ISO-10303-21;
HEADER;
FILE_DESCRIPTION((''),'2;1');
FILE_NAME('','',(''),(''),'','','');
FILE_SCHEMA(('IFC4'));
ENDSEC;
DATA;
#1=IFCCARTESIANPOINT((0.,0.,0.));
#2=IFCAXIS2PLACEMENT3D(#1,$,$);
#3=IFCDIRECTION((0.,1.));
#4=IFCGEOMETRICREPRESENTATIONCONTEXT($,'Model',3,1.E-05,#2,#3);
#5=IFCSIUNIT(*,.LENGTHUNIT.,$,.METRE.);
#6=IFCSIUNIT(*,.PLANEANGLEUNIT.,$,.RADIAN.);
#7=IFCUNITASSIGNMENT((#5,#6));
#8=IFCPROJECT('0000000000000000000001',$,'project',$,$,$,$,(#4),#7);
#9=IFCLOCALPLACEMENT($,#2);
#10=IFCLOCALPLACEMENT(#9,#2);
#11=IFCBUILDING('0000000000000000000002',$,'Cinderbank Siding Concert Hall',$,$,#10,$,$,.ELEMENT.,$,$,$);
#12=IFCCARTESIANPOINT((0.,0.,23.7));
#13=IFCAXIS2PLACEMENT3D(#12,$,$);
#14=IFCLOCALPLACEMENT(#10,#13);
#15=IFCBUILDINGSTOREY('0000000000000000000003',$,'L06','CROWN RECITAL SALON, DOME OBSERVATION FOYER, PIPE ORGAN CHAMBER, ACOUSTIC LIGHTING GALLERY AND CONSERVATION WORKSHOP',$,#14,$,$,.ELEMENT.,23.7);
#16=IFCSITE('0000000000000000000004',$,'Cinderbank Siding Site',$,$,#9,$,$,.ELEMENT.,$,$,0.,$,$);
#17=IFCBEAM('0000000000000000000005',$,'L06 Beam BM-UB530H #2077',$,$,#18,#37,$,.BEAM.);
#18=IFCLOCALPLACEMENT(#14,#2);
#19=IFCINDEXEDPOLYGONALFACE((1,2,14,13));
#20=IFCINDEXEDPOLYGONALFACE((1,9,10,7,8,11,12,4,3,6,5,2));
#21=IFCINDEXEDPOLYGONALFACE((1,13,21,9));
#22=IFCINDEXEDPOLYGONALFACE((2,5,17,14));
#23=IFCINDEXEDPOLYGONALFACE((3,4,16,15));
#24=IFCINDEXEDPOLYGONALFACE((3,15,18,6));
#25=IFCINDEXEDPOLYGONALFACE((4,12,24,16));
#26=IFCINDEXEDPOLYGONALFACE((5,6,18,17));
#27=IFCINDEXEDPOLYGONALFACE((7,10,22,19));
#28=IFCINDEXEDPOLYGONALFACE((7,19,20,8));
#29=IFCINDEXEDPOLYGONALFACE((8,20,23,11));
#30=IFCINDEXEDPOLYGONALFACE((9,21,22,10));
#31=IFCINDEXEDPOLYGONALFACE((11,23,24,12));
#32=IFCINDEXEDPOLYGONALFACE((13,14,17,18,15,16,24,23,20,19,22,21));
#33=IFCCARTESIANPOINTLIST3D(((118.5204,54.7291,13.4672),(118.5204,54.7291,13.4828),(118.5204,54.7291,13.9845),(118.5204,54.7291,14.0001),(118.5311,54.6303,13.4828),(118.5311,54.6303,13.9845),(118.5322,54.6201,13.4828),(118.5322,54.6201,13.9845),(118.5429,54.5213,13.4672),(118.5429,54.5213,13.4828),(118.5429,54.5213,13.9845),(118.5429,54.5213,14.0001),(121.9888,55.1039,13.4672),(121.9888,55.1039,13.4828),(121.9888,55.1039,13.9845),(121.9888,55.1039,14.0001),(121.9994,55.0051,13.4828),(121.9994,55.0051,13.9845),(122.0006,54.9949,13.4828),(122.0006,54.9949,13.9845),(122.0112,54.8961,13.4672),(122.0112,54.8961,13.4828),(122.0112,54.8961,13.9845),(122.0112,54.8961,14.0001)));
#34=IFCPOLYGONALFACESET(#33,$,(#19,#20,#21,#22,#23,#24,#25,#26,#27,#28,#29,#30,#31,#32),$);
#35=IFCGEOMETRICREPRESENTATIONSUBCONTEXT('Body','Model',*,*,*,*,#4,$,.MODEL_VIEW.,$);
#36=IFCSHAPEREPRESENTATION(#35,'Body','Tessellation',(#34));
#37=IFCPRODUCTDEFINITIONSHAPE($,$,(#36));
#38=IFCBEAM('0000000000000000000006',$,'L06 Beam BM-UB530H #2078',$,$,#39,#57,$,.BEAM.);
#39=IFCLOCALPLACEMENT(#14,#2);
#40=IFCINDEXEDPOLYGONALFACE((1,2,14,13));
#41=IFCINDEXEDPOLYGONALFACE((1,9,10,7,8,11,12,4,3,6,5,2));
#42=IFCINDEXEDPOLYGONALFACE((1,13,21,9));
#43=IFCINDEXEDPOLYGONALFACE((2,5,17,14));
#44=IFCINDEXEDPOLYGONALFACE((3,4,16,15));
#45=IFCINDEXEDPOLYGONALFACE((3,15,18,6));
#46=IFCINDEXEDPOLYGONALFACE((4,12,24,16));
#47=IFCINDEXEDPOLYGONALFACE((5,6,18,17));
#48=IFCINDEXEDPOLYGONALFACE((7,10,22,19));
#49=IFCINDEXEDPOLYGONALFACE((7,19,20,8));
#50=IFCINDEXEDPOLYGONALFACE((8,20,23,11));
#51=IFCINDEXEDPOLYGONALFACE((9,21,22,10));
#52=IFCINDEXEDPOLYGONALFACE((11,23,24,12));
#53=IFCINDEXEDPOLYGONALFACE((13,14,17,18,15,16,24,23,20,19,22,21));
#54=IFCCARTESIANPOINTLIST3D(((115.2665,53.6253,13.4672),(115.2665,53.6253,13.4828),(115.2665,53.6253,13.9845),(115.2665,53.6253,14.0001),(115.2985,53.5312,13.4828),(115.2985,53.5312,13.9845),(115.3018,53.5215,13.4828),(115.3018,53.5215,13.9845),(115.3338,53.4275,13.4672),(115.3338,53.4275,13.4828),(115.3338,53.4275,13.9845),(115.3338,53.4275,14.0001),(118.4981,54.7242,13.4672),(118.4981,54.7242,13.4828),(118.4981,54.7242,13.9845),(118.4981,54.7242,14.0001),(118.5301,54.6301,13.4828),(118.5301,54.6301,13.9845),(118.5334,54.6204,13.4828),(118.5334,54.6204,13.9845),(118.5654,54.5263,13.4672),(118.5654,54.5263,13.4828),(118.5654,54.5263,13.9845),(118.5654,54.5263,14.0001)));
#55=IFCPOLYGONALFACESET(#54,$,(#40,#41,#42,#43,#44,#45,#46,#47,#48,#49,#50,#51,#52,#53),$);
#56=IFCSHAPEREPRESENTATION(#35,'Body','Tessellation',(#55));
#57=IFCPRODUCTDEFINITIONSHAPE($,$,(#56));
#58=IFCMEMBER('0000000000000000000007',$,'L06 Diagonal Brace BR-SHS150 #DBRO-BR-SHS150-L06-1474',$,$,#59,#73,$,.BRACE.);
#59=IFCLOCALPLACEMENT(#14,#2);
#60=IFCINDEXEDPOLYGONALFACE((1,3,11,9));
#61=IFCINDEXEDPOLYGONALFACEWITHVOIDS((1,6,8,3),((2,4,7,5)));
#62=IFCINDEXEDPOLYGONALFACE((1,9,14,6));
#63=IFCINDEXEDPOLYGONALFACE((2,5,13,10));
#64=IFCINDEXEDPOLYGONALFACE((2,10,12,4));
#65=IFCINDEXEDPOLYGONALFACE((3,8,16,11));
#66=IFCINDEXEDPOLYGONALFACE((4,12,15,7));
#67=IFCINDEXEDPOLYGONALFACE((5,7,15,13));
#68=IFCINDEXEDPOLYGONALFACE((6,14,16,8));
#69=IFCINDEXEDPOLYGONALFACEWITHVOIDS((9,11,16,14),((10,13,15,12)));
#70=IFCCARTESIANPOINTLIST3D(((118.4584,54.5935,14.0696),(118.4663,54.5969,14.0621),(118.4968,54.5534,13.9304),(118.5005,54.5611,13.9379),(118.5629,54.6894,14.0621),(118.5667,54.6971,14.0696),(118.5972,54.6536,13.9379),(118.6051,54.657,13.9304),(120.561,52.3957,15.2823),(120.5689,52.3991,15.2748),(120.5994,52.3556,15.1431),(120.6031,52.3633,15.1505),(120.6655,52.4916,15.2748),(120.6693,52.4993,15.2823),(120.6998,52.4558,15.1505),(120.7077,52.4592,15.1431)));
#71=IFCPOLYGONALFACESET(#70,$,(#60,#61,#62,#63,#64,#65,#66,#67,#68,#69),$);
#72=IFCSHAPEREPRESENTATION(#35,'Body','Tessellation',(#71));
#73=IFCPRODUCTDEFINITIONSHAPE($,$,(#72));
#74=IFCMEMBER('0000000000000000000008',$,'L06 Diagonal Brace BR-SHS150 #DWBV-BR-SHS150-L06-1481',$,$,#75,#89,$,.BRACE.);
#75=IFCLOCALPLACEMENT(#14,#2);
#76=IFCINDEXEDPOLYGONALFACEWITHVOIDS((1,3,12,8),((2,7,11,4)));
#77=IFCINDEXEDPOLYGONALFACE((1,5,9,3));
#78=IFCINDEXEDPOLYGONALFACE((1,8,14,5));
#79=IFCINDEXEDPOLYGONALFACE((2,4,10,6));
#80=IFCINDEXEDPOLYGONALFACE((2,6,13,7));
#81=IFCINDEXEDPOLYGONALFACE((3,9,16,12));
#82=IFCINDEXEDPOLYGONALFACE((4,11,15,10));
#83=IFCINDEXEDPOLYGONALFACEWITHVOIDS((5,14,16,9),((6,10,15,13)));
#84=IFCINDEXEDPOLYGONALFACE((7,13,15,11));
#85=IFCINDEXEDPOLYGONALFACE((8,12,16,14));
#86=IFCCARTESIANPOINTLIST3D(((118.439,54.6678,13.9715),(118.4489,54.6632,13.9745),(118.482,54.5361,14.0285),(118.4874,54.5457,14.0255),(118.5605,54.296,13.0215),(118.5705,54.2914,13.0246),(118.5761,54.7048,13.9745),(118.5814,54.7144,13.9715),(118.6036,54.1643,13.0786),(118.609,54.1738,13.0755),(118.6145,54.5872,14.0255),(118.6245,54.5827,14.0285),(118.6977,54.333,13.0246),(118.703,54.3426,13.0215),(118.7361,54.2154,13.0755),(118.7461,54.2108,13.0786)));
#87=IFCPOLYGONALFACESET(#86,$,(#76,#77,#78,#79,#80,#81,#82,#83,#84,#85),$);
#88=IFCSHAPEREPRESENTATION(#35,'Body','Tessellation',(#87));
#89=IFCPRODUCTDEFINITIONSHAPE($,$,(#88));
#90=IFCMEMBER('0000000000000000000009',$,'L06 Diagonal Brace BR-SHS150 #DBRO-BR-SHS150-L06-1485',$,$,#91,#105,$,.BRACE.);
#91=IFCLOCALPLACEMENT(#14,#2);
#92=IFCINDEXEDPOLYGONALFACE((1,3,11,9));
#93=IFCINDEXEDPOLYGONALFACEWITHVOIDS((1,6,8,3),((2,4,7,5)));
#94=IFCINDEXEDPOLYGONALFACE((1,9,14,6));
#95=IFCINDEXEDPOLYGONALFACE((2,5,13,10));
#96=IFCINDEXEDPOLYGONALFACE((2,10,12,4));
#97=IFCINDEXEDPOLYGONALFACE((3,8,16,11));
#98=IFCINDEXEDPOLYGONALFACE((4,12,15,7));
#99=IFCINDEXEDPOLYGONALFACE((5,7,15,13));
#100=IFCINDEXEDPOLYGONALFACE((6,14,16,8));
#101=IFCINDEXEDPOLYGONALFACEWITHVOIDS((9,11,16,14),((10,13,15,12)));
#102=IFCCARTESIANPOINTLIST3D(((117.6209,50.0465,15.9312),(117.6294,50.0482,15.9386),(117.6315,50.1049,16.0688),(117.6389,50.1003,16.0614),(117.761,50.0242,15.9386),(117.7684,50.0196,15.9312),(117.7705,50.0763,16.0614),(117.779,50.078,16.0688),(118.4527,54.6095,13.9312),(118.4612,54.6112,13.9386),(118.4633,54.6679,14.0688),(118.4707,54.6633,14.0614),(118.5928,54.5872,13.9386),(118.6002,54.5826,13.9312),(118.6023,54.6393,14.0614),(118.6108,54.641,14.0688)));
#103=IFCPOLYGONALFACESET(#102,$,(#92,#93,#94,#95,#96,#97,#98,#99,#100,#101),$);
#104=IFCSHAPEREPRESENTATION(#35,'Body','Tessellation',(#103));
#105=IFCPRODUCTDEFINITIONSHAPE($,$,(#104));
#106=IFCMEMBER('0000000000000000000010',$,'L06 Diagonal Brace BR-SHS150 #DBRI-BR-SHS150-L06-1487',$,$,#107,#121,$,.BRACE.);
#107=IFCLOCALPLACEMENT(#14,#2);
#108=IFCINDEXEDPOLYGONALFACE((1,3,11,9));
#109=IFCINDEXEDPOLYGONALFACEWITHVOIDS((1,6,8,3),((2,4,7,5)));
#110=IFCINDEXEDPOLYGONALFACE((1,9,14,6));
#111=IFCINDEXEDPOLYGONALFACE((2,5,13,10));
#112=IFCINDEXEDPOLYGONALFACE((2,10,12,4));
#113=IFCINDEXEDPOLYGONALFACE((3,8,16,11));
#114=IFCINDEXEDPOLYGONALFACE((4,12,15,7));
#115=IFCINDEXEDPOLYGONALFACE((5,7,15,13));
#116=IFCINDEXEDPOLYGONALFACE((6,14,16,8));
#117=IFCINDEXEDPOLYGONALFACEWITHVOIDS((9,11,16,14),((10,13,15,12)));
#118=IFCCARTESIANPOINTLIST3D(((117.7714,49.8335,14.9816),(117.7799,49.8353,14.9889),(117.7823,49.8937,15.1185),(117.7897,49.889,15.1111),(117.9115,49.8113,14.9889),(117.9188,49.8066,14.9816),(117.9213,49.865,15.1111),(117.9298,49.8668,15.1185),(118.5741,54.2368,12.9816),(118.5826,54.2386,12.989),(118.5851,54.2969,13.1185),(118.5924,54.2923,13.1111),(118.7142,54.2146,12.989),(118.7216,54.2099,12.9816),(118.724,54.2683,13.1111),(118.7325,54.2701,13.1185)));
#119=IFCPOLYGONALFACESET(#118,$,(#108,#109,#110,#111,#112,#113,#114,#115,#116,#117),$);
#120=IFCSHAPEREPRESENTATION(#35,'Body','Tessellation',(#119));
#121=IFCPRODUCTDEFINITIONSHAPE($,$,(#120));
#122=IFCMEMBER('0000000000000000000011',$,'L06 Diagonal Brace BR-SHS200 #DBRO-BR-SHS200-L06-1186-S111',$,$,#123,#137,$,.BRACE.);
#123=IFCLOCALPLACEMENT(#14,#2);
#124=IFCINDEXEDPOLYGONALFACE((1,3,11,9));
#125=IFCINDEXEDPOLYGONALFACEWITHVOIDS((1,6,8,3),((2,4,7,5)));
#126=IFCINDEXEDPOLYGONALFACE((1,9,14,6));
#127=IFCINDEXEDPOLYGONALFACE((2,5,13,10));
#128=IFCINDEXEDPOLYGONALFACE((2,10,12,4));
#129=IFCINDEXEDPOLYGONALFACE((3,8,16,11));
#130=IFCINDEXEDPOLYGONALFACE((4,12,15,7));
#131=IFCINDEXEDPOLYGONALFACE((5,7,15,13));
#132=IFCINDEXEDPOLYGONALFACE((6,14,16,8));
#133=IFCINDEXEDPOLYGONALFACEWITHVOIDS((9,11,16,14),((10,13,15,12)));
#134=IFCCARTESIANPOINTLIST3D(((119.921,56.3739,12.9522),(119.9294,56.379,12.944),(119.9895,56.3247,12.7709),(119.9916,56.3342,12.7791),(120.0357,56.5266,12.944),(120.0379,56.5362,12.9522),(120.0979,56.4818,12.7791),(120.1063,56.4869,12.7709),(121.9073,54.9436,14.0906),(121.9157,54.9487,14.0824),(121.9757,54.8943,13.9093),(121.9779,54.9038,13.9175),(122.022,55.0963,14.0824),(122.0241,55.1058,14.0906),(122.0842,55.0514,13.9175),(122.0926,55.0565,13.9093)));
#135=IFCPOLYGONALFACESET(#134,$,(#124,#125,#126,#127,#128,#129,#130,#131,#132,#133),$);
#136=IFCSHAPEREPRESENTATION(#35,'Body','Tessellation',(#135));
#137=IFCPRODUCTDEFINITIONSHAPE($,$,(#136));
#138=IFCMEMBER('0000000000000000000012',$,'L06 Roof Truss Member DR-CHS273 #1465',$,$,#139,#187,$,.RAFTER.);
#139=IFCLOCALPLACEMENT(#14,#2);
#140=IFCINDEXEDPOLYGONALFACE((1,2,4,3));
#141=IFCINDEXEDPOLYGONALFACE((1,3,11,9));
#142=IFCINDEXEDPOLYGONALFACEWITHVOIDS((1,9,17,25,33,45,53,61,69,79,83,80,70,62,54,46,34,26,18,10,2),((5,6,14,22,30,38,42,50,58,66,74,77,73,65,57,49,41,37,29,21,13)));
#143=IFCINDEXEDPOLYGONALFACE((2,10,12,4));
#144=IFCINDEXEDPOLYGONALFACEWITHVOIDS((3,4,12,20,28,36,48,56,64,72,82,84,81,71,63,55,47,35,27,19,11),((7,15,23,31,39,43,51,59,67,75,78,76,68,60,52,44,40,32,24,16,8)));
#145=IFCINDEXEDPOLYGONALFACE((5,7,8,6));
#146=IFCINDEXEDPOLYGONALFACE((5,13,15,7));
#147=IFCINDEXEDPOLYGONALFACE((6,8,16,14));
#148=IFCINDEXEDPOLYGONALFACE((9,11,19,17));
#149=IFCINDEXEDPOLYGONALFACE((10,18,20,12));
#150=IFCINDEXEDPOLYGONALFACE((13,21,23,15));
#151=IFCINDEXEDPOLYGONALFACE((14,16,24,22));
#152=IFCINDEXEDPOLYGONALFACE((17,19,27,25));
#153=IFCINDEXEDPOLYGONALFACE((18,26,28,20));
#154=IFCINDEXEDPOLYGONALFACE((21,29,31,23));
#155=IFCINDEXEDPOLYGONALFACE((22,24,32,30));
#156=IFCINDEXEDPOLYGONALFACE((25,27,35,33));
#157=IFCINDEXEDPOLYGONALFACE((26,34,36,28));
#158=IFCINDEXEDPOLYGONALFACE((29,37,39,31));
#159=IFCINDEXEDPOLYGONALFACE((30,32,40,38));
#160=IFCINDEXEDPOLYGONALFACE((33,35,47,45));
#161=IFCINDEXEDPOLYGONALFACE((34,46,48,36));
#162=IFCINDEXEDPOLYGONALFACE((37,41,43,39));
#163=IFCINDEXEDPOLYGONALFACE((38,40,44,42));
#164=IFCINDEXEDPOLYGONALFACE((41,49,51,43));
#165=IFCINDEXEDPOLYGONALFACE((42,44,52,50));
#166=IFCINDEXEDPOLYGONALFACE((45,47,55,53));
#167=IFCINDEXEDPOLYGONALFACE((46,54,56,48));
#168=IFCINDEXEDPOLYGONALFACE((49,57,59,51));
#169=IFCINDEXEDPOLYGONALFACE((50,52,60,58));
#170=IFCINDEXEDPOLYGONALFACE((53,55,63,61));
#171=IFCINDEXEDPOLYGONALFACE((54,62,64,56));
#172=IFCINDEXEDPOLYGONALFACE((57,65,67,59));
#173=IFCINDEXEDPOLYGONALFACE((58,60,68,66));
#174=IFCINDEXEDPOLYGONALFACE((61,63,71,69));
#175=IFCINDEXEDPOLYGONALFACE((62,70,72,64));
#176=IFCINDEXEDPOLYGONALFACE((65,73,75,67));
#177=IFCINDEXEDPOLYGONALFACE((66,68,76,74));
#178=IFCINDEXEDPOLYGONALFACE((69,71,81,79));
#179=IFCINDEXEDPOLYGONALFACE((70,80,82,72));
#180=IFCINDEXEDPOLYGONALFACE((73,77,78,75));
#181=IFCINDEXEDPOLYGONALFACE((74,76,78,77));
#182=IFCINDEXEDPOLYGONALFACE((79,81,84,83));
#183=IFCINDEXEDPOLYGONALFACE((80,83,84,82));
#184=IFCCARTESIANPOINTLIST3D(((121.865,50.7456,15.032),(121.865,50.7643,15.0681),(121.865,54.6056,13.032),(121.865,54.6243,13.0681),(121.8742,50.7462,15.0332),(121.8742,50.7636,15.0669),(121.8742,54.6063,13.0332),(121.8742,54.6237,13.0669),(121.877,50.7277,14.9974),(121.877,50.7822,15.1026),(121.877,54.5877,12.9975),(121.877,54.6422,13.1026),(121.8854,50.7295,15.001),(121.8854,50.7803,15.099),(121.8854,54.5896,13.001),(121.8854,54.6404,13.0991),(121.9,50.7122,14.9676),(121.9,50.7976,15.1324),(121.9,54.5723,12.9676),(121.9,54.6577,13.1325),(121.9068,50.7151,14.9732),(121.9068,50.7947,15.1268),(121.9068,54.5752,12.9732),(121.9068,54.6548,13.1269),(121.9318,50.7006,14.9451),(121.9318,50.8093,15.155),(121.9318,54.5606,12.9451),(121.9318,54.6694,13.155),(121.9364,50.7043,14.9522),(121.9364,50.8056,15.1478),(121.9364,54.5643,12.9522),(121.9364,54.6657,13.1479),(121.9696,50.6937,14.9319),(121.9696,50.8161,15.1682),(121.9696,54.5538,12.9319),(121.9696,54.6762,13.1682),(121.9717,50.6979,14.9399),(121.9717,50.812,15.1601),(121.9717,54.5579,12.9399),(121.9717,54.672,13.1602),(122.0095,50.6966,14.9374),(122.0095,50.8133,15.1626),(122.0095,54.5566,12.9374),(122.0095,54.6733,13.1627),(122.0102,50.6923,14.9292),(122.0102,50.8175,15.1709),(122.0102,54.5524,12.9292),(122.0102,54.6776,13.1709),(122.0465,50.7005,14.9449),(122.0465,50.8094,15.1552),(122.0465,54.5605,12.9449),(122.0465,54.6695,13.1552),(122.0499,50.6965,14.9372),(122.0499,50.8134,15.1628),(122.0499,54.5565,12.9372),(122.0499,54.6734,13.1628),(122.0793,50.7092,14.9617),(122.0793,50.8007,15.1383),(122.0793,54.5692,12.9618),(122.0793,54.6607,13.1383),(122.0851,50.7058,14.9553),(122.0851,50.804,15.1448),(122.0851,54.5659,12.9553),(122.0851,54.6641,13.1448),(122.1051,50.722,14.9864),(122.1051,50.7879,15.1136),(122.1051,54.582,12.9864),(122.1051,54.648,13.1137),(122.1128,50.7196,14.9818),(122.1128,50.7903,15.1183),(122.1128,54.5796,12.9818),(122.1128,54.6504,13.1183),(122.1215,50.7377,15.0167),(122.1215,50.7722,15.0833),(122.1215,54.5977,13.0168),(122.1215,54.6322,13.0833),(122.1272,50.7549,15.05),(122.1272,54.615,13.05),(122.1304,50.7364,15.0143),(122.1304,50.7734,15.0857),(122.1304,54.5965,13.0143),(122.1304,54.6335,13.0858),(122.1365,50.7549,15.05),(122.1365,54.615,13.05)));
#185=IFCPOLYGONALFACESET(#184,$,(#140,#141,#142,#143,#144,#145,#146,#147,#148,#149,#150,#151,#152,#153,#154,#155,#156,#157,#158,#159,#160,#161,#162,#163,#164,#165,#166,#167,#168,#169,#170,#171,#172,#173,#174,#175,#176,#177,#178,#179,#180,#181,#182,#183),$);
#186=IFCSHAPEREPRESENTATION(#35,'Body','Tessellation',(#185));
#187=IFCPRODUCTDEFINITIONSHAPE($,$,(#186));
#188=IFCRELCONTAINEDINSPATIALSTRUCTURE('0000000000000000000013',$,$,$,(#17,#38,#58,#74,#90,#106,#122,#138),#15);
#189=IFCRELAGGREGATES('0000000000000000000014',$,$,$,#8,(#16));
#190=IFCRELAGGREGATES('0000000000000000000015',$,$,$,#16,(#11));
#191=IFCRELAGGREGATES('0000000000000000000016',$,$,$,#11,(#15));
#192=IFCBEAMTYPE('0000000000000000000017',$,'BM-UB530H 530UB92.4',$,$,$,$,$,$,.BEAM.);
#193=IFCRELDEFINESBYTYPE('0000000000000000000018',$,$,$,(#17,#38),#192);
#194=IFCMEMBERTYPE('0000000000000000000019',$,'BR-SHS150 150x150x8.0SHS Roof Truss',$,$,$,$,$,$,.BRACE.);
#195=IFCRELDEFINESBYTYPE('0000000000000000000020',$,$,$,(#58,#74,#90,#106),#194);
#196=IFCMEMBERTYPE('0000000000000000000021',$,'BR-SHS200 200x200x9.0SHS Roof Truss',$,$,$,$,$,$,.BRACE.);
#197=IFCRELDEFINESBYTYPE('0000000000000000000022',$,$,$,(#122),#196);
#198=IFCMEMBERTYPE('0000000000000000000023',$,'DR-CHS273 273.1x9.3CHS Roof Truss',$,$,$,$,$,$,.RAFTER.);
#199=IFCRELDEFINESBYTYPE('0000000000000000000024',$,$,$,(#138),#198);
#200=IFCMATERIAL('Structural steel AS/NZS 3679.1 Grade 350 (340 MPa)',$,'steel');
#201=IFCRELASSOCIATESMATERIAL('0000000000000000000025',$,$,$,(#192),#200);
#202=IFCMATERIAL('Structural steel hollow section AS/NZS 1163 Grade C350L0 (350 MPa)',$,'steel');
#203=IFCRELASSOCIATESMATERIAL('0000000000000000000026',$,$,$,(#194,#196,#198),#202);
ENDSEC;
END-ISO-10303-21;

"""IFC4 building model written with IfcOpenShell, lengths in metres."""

from ifc_helpers import new_model, si_unit, direction, frame, origin, origin_2d, place, context, subcontext, project, spatial, hollow_rectangle, hollow_circle, i_section, extrude, material, material_profile, profile_set, type_object, element, save


model = new_model("IFC4")

# Units and contexts
model_context = context("Model", 3, precision=1e-05, world=origin(), true_north=direction((0.0, 1.0)))
body_context = subcontext(model_context, "Body", "Model", "MODEL_VIEW")
ifc_project = project(units=[si_unit("LENGTHUNIT", "METRE"), si_unit("PLANEANGLEUNIT", "RADIAN")], contexts=[model_context])

# Site, building, storey
site_placement = place(None, origin())
site = spatial("IfcSite", under=ifc_project, at=site_placement, Name="Cinderbank Siding Site", CompositionType="ELEMENT", RefElevation=0.0)
building_placement = place(site_placement, origin())
building = spatial("IfcBuilding", under=site, at=building_placement, Name="Cinderbank Siding Concert Hall", CompositionType="ELEMENT")
storey_placement = place(building_placement, frame((0.0, 0.0, 23.7)))
storey = spatial("IfcBuildingStorey", under=building, at=storey_placement, Name="L06", Description="CROWN RECITAL SALON, DOME OBSERVATION FOYER, PIPE ORGAN CHAMBER, ACOUSTIC LIGHTING GALLERY AND CONSERVATION WORKSHOP", CompositionType="ELEMENT", Elevation=23.7)

# Beams
ifc_material_1 = material(Name="Structural steel AS/NZS 3679.1 Grade 350 (340 MPa)", Category="steel")
ifc_material_profile_1 = material_profile(ifc_material_1, i_section(OverallWidth=0.209, OverallDepth=0.533, WebThickness=0.0103, FlangeThickness=0.0156, at=origin_2d()), Name="530UB92.4", Category="LoadBearing")
ifc_profile_set_1 = profile_set([ifc_material_profile_1], Name="Structural steel AS/NZS 3679.1 Grade 350 (340 MPa)")
beam_type = type_object("IfcBeamType", Name="BM-UB530H 530UB92.4", PredefinedType="BEAM", material=ifc_profile_set_1)
beam_1_placement = place(storey_placement, frame((122.0, 55.0, 13.7336), z_axis=(-0.994213, -0.107428, 0.0), x_axis=(0.107428, -0.994213, 0.0)))
element("IfcBeam", 1, at=beam_1_placement, inside=storey, type_object=beam_type, Name="L06 Beam BM-UB530H #2077", PredefinedType="BEAM", context=body_context, shape_type="SweptSolid", body=[
    extrude(i_section(OverallWidth=0.209, OverallDepth=0.533, WebThickness=0.0103, FlangeThickness=0.0156, at=origin_2d()), origin(), (0.0, 0.0, 1.0), 3.4885),
])
beam_2_placement = place(storey_placement, frame((118.5317, 54.6252, 13.7336), z_axis=(-0.946764, -0.32193, 0.0), x_axis=(0.32193, -0.946764, 0.0)))
element("IfcBeam", 2, at=beam_2_placement, inside=storey, type_object=beam_type, Name="L06 Beam BM-UB530H #2078", PredefinedType="BEAM", context=body_context, shape_type="SweptSolid", body=[
    extrude(i_section(OverallWidth=0.209, OverallDepth=0.533, WebThickness=0.0103, FlangeThickness=0.0156, at=origin_2d()), origin(), (0.0, 0.0, 1.0), 3.4133),
])

# Members
ifc_material_2 = material(Name="Structural steel hollow section AS/NZS 1163 Grade C350L0 (350 MPa)", Category="steel")
ifc_material_profile_2 = material_profile(ifc_material_2, hollow_rectangle(XDim=0.1499, YDim=0.1499, WallThickness=0.0081, at=origin_2d()), Name="150x150x8.0SHS", Category="LoadBearing")
ifc_profile_set_2 = profile_set([ifc_material_profile_2], Name="Structural steel hollow section AS/NZS 1163 Grade C350L0 (350 MPa)")
member_type_1 = type_object("IfcMemberType", Name="BR-SHS150 150x150x8.0SHS Roof Truss", PredefinedType="BRACE", material=ifc_profile_set_2)
member_1_placement = place(storey_placement, frame((118.5317, 54.6252, 14.0), z_axis=(0.642126, -0.671205, 0.370348), x_axis=(0.722586, 0.691281, 0.0)))
element("IfcMember", 3, at=member_1_placement, inside=storey, type_object=member_type_1, Name="L06 Diagonal Brace BR-SHS150 #DBRO-BR-SHS150-L06-1474", PredefinedType="BRACE", context=body_context, shape_type="SweptSolid", body=[
    extrude(hollow_rectangle(XDim=0.1499, YDim=0.1499, WallThickness=0.0081, at=origin_2d()), origin(), (0.0, 0.0, 1.0), 3.2744),
])
member_2_placement = place(storey_placement, frame((118.6533, 54.2534, 13.05), z_axis=(-0.118346, 0.361928, 0.924663), x_axis=(-0.950478, -0.310793, 0.0)))
element("IfcMember", 4, at=member_2_placement, inside=storey, type_object=member_type_1, Name="L06 Diagonal Brace BR-SHS150 #DWBV-BR-SHS150-L06-1481", PredefinedType="BRACE", context=body_context, shape_type="SweptSolid", body=[
    extrude(hollow_rectangle(XDim=0.1499, YDim=0.1499, WallThickness=0.0081, at=origin_2d()), origin(), (0.0, 0.0, 1.0), 1.0273),
])
member_3_placement = place(storey_placement, frame((118.5317, 54.6252, 14.0), z_axis=(-0.164677, -0.903381, 0.39596), x_axis=(0.983788, -0.179335, 0.0)))
element("IfcMember", 5, at=member_3_placement, inside=storey, type_object=member_type_1, Name="L06 Diagonal Brace BR-SHS150 #DBRO-BR-SHS150-L06-1485", PredefinedType="BRACE", context=body_context, shape_type="SweptSolid", body=[
    extrude(hollow_rectangle(XDim=0.1499, YDim=0.1499, WallThickness=0.0081, at=origin_2d()), origin(), (0.0, 0.0, 1.0), 5.051),
])
member_4_placement = place(storey_placement, frame((118.6533, 54.2534, 13.05), z_axis=(-0.163743, -0.898195, 0.407963), x_axis=(0.983786, -0.179346, 0.0)))
element("IfcMember", 6, at=member_4_placement, inside=storey, type_object=member_type_1, Name="L06 Diagonal Brace BR-SHS150 #DBRI-BR-SHS150-L06-1487", PredefinedType="BRACE", context=body_context, shape_type="SweptSolid", body=[
    extrude(hollow_rectangle(XDim=0.1499, YDim=0.1499, WallThickness=0.0081, at=origin_2d()), origin(), (0.0, 0.0, 1.0), 4.9023),
])
ifc_material_profile_3 = material_profile(ifc_material_2, hollow_rectangle(XDim=0.2, YDim=0.2, WallThickness=0.009, at=origin_2d()), Name="200x200x9.0SHS", Category="LoadBearing")
ifc_profile_set_3 = profile_set([ifc_material_profile_3], Name="Structural steel hollow section AS/NZS 1163 Grade C350L0 (350 MPa)")
member_type_2 = type_object("IfcMemberType", Name="BR-SHS200 200x200x9.0SHS Roof Truss", PredefinedType="BRACE", material=ifc_profile_set_3)
member_5_placement = place(storey_placement, frame((120.0137, 56.4304, 12.8616), z_axis=(0.735797, -0.529872, 0.421709), x_axis=(0.584376, 0.811483, 0.0)))
element("IfcMember", 7, at=member_5_placement, inside=storey, type_object=member_type_2, Name="L06 Diagonal Brace BR-SHS200 #DBRO-BR-SHS200-L06-1186-S111", PredefinedType="BRACE", context=body_context, shape_type="SweptSolid", body=[
    extrude(hollow_rectangle(XDim=0.2, YDim=0.2, WallThickness=0.009, at=origin_2d()), origin(), (0.0, 0.0, 1.0), 2.6995),
])
ifc_material_profile_4 = material_profile(ifc_material_2, hollow_circle(Radius=0.1365, WallThickness=0.0093, at=origin_2d()), Name="273.1x9.3CHS", Category="LoadBearing")
ifc_profile_set_4 = profile_set([ifc_material_profile_4], Name="Structural steel hollow section AS/NZS 1163 Grade C350L0 (350 MPa)")
member_type_3 = type_object("IfcMemberType", Name="DR-CHS273 273.1x9.3CHS Roof Truss", PredefinedType="RAFTER", material=ifc_profile_set_4)
member_6_placement = place(storey_placement, frame((122.0, 54.615, 13.05), z_axis=(0.0, -0.887899, 0.460038), x_axis=(1.0, 0.0, 0.0)))
element("IfcMember", 8, at=member_6_placement, inside=storey, type_object=member_type_3, Name="L06 Roof Truss Member DR-CHS273 #1465", PredefinedType="RAFTER", context=body_context, shape_type="SweptSolid", body=[
    extrude(hollow_circle(Radius=0.1365, WallThickness=0.0093, at=origin_2d()), origin(), (0.0, 0.0, 1.0), 4.3474),
])

save(model, "model.ifc")
